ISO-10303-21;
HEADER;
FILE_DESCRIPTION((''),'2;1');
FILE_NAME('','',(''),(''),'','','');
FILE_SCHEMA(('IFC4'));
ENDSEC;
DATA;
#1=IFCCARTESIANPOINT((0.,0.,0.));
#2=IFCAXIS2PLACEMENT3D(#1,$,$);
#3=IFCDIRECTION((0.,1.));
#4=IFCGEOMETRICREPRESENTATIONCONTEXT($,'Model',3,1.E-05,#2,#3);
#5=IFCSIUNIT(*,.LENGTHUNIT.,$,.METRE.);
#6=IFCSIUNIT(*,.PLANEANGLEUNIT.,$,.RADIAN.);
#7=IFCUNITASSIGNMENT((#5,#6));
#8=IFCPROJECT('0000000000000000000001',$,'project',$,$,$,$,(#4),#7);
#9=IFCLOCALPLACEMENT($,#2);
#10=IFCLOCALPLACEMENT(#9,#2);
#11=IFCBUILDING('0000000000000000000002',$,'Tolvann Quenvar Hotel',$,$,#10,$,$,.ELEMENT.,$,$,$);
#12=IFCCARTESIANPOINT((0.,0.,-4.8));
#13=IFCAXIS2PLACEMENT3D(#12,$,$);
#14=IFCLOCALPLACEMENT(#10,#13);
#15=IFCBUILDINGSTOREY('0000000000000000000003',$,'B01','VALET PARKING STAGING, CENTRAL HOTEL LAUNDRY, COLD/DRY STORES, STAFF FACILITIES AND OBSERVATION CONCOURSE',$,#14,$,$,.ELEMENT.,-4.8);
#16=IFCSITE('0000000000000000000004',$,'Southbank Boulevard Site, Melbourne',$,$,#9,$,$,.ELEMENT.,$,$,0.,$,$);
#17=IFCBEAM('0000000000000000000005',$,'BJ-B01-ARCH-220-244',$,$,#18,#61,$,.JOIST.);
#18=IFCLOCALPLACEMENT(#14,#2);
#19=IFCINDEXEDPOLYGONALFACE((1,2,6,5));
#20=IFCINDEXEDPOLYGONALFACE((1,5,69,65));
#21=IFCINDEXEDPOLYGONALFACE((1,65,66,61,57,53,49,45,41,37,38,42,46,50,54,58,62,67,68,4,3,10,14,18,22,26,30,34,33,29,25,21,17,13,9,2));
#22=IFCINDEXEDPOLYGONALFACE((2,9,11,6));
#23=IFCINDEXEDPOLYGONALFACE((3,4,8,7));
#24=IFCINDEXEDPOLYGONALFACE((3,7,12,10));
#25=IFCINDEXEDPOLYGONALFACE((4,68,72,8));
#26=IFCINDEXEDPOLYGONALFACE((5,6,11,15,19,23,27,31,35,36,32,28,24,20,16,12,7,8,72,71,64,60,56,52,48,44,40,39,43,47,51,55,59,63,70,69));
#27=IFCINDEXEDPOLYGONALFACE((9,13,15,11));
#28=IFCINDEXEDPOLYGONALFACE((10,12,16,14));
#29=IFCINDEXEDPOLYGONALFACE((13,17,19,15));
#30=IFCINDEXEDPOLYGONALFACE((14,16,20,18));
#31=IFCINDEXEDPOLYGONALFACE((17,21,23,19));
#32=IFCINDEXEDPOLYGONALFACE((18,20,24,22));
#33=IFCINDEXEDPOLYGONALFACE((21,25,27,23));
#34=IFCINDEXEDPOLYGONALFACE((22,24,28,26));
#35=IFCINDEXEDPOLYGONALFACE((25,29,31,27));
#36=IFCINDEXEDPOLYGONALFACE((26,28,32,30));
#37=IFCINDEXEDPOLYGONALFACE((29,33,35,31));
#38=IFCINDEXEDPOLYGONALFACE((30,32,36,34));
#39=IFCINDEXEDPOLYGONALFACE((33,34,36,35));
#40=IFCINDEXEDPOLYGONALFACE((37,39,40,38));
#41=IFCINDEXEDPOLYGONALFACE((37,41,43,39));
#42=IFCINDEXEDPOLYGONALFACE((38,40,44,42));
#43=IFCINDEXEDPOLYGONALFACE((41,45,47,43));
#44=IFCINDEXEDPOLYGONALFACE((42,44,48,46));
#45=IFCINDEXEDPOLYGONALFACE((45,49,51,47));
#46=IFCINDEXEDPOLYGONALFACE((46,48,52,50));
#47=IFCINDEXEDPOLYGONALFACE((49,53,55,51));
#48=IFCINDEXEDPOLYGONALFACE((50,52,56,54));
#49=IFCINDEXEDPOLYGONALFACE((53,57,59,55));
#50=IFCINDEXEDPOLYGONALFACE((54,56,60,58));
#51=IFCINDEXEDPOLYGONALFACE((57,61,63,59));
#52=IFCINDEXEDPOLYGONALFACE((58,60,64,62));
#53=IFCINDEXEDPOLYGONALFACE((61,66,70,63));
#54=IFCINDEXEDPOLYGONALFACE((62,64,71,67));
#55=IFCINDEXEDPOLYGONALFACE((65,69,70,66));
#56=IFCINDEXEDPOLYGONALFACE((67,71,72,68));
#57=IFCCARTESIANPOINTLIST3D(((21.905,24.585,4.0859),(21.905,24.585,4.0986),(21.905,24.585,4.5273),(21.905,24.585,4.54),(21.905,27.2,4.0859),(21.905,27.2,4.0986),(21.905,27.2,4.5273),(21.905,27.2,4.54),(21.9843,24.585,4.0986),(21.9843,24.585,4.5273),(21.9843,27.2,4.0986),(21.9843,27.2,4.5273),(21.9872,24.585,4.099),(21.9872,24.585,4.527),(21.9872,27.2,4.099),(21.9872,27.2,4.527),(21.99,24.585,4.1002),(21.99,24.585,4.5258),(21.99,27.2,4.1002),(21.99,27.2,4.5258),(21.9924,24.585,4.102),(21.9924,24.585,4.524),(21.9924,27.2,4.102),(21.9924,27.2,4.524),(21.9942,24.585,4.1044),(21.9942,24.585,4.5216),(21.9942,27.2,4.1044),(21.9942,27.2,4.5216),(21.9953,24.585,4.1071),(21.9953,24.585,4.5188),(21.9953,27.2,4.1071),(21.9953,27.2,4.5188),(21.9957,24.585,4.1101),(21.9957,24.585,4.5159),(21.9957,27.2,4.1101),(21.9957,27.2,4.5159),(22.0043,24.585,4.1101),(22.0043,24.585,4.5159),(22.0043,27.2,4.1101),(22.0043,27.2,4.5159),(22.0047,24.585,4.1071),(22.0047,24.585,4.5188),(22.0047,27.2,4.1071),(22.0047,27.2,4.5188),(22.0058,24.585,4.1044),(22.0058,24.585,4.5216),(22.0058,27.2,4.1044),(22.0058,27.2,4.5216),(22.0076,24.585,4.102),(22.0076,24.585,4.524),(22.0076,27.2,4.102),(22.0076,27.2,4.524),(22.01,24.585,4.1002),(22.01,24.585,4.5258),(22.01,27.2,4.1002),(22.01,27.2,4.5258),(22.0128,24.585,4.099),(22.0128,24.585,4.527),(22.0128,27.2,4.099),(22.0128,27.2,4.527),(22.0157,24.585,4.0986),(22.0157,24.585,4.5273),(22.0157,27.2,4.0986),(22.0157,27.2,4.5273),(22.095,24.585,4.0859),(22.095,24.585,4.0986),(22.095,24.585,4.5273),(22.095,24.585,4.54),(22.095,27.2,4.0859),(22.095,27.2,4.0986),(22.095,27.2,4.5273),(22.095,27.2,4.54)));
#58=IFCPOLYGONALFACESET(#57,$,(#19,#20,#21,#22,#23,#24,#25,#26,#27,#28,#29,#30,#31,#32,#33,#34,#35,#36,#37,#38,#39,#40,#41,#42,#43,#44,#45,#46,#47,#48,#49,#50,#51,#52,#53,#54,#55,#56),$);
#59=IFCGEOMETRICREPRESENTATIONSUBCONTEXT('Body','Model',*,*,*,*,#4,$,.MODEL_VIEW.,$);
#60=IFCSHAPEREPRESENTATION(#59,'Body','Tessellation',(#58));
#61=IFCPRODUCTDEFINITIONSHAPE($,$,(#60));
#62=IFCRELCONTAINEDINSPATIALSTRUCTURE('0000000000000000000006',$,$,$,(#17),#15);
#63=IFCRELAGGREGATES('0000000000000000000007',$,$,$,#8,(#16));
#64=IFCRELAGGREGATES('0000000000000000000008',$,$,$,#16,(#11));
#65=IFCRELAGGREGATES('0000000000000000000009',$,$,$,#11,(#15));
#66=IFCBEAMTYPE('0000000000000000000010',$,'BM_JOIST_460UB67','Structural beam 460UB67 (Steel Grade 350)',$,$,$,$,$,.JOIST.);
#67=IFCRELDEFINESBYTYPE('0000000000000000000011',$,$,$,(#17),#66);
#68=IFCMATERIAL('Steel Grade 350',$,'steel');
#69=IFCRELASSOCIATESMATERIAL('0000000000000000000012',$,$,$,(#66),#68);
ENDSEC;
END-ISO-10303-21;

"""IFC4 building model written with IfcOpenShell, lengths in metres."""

from ifc_helpers import new_model, si_unit, direction, frame, origin, origin_2d, place, context, subcontext, project, spatial, i_section, extrude, source, transform, mapped, material, material_profile, profile_set, type_object, element, save


model = new_model("IFC4")

# Units and contexts
model_context = context("Model", 3, precision=1e-05, world=origin(), true_north=direction((0.0, 1.0)))
body_context = subcontext(model_context, "Body", "Model", "MODEL_VIEW")
ifc_project = project(units=[si_unit("LENGTHUNIT", "METRE"), si_unit("PLANEANGLEUNIT", "RADIAN")], contexts=[model_context])

# Site, building, storey
site_placement = place(None, origin())
site = spatial("IfcSite", under=ifc_project, at=site_placement, Name="Southbank Boulevard Site, Melbourne", CompositionType="ELEMENT", RefElevation=0.0)
building_placement = place(site_placement, origin())
building = spatial("IfcBuilding", under=site, at=building_placement, Name="Tolvann Quenvar Hotel", CompositionType="ELEMENT")
storey_placement = place(building_placement, frame((0.0, 0.0, -4.8)))
storey = spatial("IfcBuildingStorey", under=building, at=storey_placement, Name="B01", Description="VALET PARKING STAGING, CENTRAL HOTEL LAUNDRY, COLD/DRY STORES, STAFF FACILITIES AND OBSERVATION CONCOURSE", CompositionType="ELEMENT", Elevation=-4.8)

# Beam
ifc_material_1 = material(Name="Steel Grade 350", Category="steel")
ifc_material_profile_1 = material_profile(ifc_material_1, i_section(OverallWidth=0.1899, OverallDepth=0.4541, WebThickness=0.0085, FlangeThickness=0.0127, FilletRadius=0.0115, at=origin_2d()), Name="460UB67")
ifc_profile_set_1 = profile_set([ifc_material_profile_1], Name="Steel Grade 350")
beam_type_1 = type_object("IfcBeamType", Name="BM_JOIST_460UB67", Description="Structural beam 460UB67 (Steel Grade 350)", PredefinedType="JOIST", material=ifc_profile_set_1)
shared_shape_1 = source(origin(), body_context, "Body", "SweptSolid", [
    extrude(i_section(OverallWidth=0.1899, OverallDepth=0.4541, WebThickness=0.0085, FlangeThickness=0.0127, FilletRadius=0.0115, at=origin_2d()), origin(), (0.0, 0.0, 1.0), 2.615),
])
beam_1_placement = place(storey_placement, frame((22.0, 24.585, 4.313), z_axis=(0.0, 1.0, 0.0), x_axis=(-1.0, 0.0, 0.0)))
element("IfcBeam", 1, at=beam_1_placement, inside=storey, type_object=beam_type_1, Name="BJ-B01-ARCH-220-244", PredefinedType="JOIST", context=body_context, shape_type="MappedRepresentation", body=[
    mapped(shared_shape_1, transform((0.0, 0.0, 0.0), x_axis=(1.0, 0.0, 0.0), y_axis=(0.0, 1.0, 0.0), z_axis=(0.0, 0.0, 1.0), scale=1.0)),
])

save(model, "model.ifc")
